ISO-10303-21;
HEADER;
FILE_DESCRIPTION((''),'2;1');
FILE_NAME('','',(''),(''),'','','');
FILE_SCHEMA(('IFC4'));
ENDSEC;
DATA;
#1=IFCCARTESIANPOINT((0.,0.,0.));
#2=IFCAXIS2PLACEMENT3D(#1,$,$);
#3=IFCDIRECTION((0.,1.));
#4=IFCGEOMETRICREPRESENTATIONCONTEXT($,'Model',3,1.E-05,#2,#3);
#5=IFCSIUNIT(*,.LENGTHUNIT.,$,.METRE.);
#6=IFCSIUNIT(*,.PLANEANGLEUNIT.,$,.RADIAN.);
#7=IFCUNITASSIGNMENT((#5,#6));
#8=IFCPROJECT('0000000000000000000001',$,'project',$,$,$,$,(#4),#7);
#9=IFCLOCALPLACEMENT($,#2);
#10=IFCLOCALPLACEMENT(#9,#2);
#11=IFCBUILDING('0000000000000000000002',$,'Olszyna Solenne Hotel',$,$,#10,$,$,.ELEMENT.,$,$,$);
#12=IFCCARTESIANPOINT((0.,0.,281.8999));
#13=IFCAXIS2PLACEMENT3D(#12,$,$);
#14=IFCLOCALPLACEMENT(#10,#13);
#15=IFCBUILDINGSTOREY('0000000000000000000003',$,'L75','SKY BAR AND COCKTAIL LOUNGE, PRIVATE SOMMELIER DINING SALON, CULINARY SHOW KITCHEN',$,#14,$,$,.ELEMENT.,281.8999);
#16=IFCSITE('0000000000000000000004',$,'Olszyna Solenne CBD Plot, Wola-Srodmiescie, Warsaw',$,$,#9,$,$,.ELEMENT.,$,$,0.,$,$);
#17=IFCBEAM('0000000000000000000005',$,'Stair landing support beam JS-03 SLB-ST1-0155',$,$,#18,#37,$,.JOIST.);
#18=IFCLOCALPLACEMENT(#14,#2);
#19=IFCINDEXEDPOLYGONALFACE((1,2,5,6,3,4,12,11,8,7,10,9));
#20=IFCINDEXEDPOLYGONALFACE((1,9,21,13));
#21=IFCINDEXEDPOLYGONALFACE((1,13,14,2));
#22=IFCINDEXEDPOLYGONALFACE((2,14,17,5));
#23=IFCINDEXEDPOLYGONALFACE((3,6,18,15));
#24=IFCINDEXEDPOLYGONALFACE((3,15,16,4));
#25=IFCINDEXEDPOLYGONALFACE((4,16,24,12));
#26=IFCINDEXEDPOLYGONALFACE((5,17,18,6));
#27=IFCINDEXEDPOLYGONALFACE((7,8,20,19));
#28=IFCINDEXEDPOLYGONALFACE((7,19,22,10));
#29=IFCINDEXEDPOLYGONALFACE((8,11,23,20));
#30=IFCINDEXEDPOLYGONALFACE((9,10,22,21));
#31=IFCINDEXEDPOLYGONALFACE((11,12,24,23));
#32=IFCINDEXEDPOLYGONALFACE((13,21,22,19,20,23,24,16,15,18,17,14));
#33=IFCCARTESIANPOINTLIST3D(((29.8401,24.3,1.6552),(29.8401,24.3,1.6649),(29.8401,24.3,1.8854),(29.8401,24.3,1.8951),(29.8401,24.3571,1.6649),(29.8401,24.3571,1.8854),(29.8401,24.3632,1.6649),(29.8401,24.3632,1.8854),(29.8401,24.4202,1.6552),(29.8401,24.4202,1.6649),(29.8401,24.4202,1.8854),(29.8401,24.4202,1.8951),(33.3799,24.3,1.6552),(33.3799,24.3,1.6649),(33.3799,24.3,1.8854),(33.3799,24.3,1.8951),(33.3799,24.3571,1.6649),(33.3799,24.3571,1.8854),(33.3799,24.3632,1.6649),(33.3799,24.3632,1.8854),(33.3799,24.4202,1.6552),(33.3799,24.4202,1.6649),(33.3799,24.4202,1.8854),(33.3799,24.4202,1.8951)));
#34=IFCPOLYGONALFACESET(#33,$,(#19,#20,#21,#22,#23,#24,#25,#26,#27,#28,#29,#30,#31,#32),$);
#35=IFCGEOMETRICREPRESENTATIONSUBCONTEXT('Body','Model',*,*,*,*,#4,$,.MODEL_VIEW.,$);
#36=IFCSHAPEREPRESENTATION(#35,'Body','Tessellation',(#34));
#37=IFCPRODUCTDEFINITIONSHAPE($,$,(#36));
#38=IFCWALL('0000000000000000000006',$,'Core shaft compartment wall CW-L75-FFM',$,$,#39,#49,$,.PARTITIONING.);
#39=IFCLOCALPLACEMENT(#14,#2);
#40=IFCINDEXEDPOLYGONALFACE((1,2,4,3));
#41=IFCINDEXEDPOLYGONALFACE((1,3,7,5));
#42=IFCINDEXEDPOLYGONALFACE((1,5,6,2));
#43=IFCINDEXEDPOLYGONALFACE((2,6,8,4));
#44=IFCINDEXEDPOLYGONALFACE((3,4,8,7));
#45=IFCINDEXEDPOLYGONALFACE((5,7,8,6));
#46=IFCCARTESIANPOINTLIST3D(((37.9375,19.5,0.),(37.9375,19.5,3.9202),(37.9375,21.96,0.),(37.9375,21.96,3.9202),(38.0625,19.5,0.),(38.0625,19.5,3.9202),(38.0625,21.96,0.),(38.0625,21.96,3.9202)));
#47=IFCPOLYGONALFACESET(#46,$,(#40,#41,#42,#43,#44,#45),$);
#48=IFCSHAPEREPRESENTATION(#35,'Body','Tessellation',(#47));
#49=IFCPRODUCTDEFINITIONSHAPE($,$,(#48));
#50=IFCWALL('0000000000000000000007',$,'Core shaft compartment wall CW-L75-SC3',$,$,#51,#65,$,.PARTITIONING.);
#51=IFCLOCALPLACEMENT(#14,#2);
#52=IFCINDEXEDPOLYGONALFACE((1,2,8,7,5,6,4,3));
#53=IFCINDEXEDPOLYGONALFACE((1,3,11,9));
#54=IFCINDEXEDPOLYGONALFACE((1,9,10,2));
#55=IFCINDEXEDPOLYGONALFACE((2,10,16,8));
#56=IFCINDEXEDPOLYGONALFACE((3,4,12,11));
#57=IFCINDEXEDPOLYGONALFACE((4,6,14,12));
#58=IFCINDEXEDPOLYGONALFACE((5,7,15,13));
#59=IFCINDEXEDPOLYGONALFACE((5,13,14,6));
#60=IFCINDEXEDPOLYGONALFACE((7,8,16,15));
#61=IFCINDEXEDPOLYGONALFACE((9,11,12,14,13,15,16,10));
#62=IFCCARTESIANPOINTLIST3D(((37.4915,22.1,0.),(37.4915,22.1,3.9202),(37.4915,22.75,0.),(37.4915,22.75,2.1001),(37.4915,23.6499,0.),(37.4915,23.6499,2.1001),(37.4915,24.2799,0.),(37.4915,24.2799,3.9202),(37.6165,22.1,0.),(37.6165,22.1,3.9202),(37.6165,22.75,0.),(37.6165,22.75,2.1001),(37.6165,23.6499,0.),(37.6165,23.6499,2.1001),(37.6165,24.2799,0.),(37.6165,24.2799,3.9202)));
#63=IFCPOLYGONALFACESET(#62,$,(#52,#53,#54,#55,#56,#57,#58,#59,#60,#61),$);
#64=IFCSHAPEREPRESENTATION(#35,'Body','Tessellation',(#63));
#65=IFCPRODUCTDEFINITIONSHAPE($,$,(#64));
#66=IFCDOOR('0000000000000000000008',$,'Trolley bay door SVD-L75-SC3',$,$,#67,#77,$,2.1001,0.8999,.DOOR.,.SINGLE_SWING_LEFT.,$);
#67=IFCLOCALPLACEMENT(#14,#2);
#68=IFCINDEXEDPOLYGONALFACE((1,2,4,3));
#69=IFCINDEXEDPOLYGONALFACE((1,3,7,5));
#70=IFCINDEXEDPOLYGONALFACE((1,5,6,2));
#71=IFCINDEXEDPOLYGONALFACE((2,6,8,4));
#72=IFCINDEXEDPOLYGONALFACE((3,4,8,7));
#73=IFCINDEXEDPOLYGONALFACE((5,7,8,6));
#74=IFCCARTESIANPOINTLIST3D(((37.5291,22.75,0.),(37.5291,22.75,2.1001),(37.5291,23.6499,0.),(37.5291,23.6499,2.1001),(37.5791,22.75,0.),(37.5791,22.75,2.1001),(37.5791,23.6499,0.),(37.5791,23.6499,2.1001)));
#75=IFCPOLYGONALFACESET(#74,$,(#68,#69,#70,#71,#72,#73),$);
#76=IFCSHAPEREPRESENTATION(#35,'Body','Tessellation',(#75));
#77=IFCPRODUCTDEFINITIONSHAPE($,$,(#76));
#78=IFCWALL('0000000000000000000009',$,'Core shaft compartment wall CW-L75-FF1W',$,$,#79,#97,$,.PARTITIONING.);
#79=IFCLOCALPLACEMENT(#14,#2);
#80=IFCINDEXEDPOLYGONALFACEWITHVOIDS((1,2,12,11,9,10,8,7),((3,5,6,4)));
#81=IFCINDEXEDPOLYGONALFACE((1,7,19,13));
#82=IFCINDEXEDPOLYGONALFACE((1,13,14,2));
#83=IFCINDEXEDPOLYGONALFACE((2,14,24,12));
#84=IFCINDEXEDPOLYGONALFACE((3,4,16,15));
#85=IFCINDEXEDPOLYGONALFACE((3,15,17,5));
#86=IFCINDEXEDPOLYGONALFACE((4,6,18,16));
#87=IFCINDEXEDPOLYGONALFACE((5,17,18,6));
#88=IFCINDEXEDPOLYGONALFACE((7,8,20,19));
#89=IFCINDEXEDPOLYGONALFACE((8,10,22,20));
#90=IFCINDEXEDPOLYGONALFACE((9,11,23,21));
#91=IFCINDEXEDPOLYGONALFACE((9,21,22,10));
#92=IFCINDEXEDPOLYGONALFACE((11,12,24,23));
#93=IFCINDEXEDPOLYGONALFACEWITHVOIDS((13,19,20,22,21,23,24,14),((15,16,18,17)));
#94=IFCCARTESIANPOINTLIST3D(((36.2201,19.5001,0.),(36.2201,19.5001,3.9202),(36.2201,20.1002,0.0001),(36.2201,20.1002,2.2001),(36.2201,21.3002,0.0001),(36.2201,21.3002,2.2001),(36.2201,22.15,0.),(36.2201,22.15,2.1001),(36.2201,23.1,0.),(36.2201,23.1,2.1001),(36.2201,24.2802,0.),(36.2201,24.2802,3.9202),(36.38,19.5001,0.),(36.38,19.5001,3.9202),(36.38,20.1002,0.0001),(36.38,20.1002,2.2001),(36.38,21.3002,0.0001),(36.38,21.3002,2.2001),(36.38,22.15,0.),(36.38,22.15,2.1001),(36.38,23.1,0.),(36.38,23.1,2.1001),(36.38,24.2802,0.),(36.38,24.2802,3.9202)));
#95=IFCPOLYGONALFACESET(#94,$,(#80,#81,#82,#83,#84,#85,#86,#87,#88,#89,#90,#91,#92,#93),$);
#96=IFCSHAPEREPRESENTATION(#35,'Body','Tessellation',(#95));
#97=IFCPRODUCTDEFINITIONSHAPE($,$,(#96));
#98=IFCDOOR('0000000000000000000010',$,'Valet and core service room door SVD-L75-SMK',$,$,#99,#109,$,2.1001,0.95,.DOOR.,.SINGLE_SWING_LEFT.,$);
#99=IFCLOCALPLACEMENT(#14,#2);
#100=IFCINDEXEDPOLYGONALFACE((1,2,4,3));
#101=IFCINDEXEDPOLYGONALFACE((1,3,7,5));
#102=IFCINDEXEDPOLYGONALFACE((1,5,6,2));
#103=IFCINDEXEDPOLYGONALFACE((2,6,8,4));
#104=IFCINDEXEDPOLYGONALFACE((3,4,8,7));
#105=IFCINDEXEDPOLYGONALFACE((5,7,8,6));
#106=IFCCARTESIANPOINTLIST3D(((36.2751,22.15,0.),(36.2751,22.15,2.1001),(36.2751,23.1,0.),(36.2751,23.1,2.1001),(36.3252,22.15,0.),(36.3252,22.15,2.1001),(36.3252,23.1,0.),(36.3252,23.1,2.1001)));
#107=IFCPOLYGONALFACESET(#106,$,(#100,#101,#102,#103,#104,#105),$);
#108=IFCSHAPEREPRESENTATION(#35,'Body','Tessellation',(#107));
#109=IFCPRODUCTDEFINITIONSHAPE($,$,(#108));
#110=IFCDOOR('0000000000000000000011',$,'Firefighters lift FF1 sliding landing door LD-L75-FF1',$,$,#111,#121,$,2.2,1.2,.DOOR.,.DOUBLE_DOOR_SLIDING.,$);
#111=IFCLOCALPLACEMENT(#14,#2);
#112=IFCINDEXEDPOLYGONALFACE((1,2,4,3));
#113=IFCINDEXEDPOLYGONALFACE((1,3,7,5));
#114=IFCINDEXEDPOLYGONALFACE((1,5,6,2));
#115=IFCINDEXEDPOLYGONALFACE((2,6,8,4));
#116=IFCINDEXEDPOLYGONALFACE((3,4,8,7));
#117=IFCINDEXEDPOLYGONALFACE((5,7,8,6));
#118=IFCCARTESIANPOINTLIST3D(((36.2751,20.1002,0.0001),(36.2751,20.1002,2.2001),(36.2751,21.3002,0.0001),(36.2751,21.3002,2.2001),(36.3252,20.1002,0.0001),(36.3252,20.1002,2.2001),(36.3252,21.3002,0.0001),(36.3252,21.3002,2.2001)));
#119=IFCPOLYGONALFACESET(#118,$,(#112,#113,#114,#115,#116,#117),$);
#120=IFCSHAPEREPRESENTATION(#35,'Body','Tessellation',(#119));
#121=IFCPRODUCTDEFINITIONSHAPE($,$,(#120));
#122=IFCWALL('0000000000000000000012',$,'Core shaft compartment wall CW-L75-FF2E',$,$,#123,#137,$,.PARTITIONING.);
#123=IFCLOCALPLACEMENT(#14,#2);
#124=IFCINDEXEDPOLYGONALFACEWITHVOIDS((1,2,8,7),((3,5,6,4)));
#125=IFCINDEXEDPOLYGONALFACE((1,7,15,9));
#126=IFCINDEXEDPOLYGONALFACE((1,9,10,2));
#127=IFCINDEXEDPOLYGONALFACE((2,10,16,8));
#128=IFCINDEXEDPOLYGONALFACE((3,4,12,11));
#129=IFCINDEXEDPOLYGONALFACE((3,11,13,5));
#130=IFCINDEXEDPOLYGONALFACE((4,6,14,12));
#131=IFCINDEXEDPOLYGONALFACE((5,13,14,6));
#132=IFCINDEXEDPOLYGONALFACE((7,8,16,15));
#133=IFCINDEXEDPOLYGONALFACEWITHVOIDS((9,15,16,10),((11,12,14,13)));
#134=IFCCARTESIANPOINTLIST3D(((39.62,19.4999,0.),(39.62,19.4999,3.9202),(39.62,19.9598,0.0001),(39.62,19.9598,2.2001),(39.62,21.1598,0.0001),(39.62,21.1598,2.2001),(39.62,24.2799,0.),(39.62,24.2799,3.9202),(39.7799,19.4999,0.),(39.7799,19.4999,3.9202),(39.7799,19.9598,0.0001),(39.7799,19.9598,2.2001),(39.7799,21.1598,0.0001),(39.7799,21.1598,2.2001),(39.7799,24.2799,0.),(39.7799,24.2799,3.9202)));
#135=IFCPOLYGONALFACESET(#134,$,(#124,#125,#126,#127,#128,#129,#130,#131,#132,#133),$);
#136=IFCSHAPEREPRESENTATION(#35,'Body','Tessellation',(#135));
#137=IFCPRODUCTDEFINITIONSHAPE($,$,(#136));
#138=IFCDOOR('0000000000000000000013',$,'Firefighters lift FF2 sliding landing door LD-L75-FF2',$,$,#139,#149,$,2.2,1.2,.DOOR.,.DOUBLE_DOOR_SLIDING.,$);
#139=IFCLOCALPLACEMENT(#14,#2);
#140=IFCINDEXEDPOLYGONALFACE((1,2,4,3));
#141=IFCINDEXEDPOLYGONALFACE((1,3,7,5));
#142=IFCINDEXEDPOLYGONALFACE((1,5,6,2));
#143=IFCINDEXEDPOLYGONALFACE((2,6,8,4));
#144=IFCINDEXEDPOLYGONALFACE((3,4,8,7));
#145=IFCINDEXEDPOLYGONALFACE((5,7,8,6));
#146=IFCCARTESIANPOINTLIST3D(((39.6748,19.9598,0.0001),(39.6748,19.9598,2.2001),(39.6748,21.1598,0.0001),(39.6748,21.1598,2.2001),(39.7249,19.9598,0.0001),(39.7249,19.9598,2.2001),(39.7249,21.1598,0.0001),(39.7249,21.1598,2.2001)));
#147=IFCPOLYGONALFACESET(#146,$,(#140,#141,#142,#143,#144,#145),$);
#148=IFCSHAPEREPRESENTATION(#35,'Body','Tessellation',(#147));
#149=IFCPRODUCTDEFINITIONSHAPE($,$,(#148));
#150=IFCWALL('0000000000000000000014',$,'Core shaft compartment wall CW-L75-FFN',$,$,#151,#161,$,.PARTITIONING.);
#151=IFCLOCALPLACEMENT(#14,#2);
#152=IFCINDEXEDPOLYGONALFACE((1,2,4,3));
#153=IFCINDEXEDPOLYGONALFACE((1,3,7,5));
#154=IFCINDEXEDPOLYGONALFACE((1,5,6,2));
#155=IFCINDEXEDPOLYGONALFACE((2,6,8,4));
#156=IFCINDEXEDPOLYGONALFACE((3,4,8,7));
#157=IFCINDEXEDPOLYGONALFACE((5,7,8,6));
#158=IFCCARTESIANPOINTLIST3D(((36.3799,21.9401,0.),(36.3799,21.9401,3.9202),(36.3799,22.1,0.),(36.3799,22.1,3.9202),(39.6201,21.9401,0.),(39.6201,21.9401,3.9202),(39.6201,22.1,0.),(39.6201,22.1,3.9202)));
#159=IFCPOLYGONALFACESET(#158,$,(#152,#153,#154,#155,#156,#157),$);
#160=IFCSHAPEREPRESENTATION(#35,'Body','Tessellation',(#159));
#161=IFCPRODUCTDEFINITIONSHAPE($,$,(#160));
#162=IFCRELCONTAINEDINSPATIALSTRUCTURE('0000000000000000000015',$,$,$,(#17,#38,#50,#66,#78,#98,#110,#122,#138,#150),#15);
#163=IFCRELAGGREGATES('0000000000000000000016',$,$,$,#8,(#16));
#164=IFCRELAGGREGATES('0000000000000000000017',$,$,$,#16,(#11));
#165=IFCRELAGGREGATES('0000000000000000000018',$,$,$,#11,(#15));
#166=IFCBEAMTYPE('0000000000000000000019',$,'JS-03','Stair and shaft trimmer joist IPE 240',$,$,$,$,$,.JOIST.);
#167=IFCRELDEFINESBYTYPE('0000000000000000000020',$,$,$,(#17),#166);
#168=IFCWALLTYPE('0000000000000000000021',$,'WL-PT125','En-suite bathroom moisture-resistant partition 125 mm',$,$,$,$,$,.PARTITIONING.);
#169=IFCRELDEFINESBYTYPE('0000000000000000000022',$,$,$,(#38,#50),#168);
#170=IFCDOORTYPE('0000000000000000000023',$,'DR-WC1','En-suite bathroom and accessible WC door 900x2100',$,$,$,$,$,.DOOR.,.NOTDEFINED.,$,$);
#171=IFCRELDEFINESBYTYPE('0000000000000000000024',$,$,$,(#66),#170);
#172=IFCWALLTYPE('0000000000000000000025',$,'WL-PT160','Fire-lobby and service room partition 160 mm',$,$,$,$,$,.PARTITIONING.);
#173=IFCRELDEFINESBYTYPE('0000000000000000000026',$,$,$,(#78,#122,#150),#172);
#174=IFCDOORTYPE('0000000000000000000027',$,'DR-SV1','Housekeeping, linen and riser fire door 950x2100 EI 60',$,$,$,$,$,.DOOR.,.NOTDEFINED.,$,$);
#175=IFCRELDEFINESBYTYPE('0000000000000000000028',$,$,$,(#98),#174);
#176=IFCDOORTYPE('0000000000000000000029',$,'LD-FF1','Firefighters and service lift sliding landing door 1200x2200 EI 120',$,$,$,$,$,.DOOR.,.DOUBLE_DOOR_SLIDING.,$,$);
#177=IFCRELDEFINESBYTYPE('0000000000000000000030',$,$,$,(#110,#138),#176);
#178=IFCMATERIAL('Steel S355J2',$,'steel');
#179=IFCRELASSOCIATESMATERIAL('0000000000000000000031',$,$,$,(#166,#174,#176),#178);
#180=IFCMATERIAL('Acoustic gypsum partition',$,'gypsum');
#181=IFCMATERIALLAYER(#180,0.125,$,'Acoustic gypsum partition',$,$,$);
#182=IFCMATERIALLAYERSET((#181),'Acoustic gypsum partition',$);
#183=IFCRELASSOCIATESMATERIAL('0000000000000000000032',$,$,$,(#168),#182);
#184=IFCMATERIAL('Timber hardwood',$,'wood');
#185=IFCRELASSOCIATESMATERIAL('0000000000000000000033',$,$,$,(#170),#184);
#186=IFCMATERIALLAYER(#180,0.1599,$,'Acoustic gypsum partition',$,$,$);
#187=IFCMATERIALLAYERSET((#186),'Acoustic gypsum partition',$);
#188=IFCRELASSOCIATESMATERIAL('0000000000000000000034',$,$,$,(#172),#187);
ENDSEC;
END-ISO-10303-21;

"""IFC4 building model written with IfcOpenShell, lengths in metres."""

from ifc_helpers import new_model, si_unit, direction, frame, frame_2d, origin, origin_2d, place, context, subcontext, project, spatial, rectangle, i_section, extrude, source, transform, mapped, material, layer, layer_set, material_profile, profile_set, type_object, type_shapes, element, fill, save


model = new_model("IFC4")

# Units and contexts
model_context = context("Model", 3, precision=1e-05, world=origin(), true_north=direction((0.0, 1.0)))
body_context = subcontext(model_context, "Body", "Model", "MODEL_VIEW")
ifc_project = project(units=[si_unit("LENGTHUNIT", "METRE"), si_unit("PLANEANGLEUNIT", "RADIAN")], contexts=[model_context])

# Site, building, storey
site_placement = place(None, origin())
site = spatial("IfcSite", under=ifc_project, at=site_placement, Name="Olszyna Solenne CBD Plot, Wola-Srodmiescie, Warsaw", CompositionType="ELEMENT", RefElevation=0.0)
building_placement = place(site_placement, origin())
building = spatial("IfcBuilding", under=site, at=building_placement, Name="Olszyna Solenne Hotel", CompositionType="ELEMENT")
storey_placement = place(building_placement, frame((0.0, 0.0, 281.8999)))
storey = spatial("IfcBuildingStorey", under=building, at=storey_placement, Name="L75", Description="SKY BAR AND COCKTAIL LOUNGE, PRIVATE SOMMELIER DINING SALON, CULINARY SHOW KITCHEN", CompositionType="ELEMENT", Elevation=281.8999)

# Beam
ifc_material_1 = material(Name="Steel S355J2", Category="steel")
ifc_material_profile = material_profile(ifc_material_1, i_section(OverallWidth=0.1201, OverallDepth=0.24, WebThickness=0.0061, FlangeThickness=0.0098, at=origin_2d()), Name="IPE 240", Category="load-bearing")
ifc_profile_set = profile_set([ifc_material_profile], Name="Steel S355J2")
beam_type = type_object("IfcBeamType", Name="JS-03", Description="Stair and shaft trimmer joist IPE 240", PredefinedType="JOIST", material=ifc_profile_set)
shared_shape_1 = source(origin(), body_context, "Body", "SweptSolid", [
    extrude(i_section(OverallWidth=0.1201, OverallDepth=0.24, WebThickness=0.0061, FlangeThickness=0.0098, at=origin_2d()), origin(), (0.0, 0.0, 1.0), 3.5398),
])
beam_placement = place(storey_placement, frame((33.3799, 24.3601, 1.7751), z_axis=(-1.0, 0.0, 0.0), x_axis=(0.0, -1.0, 0.0)))
element("IfcBeam", 1, at=beam_placement, inside=storey, type_object=beam_type, Name="Stair landing support beam JS-03 SLB-ST1-0155", PredefinedType="JOIST", context=body_context, shape_type="MappedRepresentation", body=[
    mapped(shared_shape_1, transform((0.0, 0.0, 0.0), x_axis=(1.0, 0.0, 0.0), y_axis=(0.0, 1.0, 0.0), z_axis=(0.0, 0.0, 1.0), scale=1.0)),
])

# Wall
ifc_material_2 = material(Name="Acoustic gypsum partition", Category="gypsum")
ifc_layer_1 = layer(ifc_material_2, 0.125, Name="Acoustic gypsum partition")
ifc_layer_set_1 = layer_set([ifc_layer_1], Name="Acoustic gypsum partition")
wall_type_1 = type_object("IfcWallType", Name="WL-PT125", Description="En-suite bathroom moisture-resistant partition 125 mm", PredefinedType="PARTITIONING", material=ifc_layer_set_1)
wall_1_placement = place(storey_placement, frame((38.0, 19.5, 0.0), z_axis=(0.0, 0.0, 1.0), x_axis=(0.0, 1.0, 0.0)))
element("IfcWall", 2, at=wall_1_placement, inside=storey, type_object=wall_type_1, Name="Core shaft compartment wall CW-L75-FFM", PredefinedType="PARTITIONING", context=body_context, shape_type="SweptSolid", body=[
    extrude(rectangle(XDim=2.46, YDim=0.125, at=frame_2d((1.23, 0.0))), origin(), (0.0, 0.0, 1.0), 3.9202),
])

# Wall, opening, door
wall_2_placement = place(storey_placement, frame((37.554, 22.1001, 0.0), z_axis=(0.0, 0.0, 1.0), x_axis=(0.0, 1.0, 0.0)))
wall_2 = element("IfcWall", 3, at=wall_2_placement, inside=storey, type_object=wall_type_1, Name="Core shaft compartment wall CW-L75-SC3", PredefinedType="PARTITIONING", context=body_context, shape_type="SweptSolid", body=[
    extrude(rectangle(XDim=2.1799, YDim=0.125, at=frame_2d((1.0898, 0.0))), origin(), (0.0, 0.0, 1.0), 3.9202),
])
opening_1_placement = place(wall_2_placement, frame((0.6499, 0.0, 0.0)))
opening_1 = element("IfcOpeningElement", 4, at=opening_1_placement, cuts=wall_2, PredefinedType="OPENING", context=body_context, shape_type="SweptSolid", body=[
    extrude(rectangle(XDim=0.8999, YDim=2.1001, at=frame_2d((0.45, 1.05))), frame((0.0, 0.0725, 0.0), z_axis=(0.0, -1.0, 0.0), x_axis=(1.0, 0.0, 0.0)), (0.0, 0.0, 1.0), 0.145),
])
ifc_material_3 = material(Name="Timber hardwood", Category="wood")
door_type_1 = type_object("IfcDoorType", Name="DR-WC1", Description="En-suite bathroom and accessible WC door 900x2100", OperationType="NOTDEFINED", PredefinedType="DOOR", material=ifc_material_3)
shared_shape_2 = source(origin(), body_context, "Body", "SweptSolid", [
    extrude(rectangle(XDim=0.8999, YDim=2.1001, at=frame_2d((0.45, 1.05))), frame((0.0, 0.0249, 0.0), z_axis=(0.0, -1.0, 0.0), x_axis=(1.0, 0.0, 0.0)), (0.0, 0.0, 1.0), 0.05),
])
type_shapes(door_type_1, [shared_shape_2])
door_1_placement = place(opening_1_placement, origin())
door_1 = element("IfcDoor", 5, at=door_1_placement, inside=storey, type_object=door_type_1, Name="Trolley bay door SVD-L75-SC3", OperationType="SINGLE_SWING_LEFT", OverallHeight=2.1001, OverallWidth=0.8999, PredefinedType="DOOR", context=body_context, shape_type="MappedRepresentation", body=[
    mapped(shared_shape_2, transform((0.0, 0.0, 0.0), x_axis=(1.0, 0.0, 0.0), y_axis=(0.0, 1.0, 0.0), z_axis=(0.0, 0.0, 1.0), scale=1.0)),
])
fill(opening_1, door_1)

# Wall, openings, doors
ifc_layer_2 = layer(ifc_material_2, 0.1599, Name="Acoustic gypsum partition")
ifc_layer_set_2 = layer_set([ifc_layer_2], Name="Acoustic gypsum partition")
wall_type_2 = type_object("IfcWallType", Name="WL-PT160", Description="Fire-lobby and service room partition 160 mm", PredefinedType="PARTITIONING", material=ifc_layer_set_2)
wall_3_placement = place(storey_placement, frame((36.3, 19.5, 0.0), z_axis=(0.0, 0.0, 1.0), x_axis=(0.0, 1.0, 0.0)))
wall_3 = element("IfcWall", 6, at=wall_3_placement, inside=storey, type_object=wall_type_2, Name="Core shaft compartment wall CW-L75-FF1W", PredefinedType="PARTITIONING", context=body_context, shape_type="SweptSolid", body=[
    extrude(rectangle(XDim=4.78, YDim=0.1599, at=frame_2d((2.3901, 0.0))), origin(), (0.0, 0.0, 1.0), 3.9202),
])
opening_2_placement = place(wall_3_placement, frame((0.6001, 0.0, 0.0)))
opening_2 = element("IfcOpeningElement", 7, at=opening_2_placement, cuts=wall_3, PredefinedType="OPENING", context=body_context, shape_type="SweptSolid", body=[
    extrude(rectangle(XDim=1.2, YDim=2.2, at=frame_2d((0.6001, 1.1001))), frame((0.0, 0.0898, 0.0), z_axis=(0.0, -1.0, 0.0), x_axis=(1.0, 0.0, 0.0)), (0.0, 0.0, 1.0), 0.1799),
])
opening_3_placement = place(wall_3_placement, frame((2.6499, 0.0, 0.0)))
opening_3 = element("IfcOpeningElement", 8, at=opening_3_placement, cuts=wall_3, PredefinedType="OPENING", context=body_context, shape_type="SweptSolid", body=[
    extrude(rectangle(XDim=0.95, YDim=2.1001, at=frame_2d((0.4751, 1.05))), frame((0.0, 0.0898, 0.0), z_axis=(0.0, -1.0, 0.0), x_axis=(1.0, 0.0, 0.0)), (0.0, 0.0, 1.0), 0.1799),
])
door_type_2 = type_object("IfcDoorType", Name="DR-SV1", Description="Housekeeping, linen and riser fire door 950x2100 EI 60", OperationType="NOTDEFINED", PredefinedType="DOOR", material=ifc_material_1)
shared_shape_3 = source(origin(), body_context, "Body", "SweptSolid", [
    extrude(rectangle(XDim=0.95, YDim=2.1001, at=frame_2d((0.4751, 1.05))), frame((0.0, 0.0249, 0.0), z_axis=(0.0, -1.0, 0.0), x_axis=(1.0, 0.0, 0.0)), (0.0, 0.0, 1.0), 0.05),
])
type_shapes(door_type_2, [shared_shape_3])
door_2_placement = place(opening_3_placement, origin())
door_2 = element("IfcDoor", 9, at=door_2_placement, inside=storey, type_object=door_type_2, Name="Valet and core service room door SVD-L75-SMK", OperationType="SINGLE_SWING_LEFT", OverallHeight=2.1001, OverallWidth=0.95, PredefinedType="DOOR", context=body_context, shape_type="MappedRepresentation", body=[
    mapped(shared_shape_3, transform((0.0, 0.0, 0.0), x_axis=(1.0, 0.0, 0.0), y_axis=(0.0, 1.0, 0.0), z_axis=(0.0, 0.0, 1.0), scale=1.0)),
])
fill(opening_3, door_2)
door_type_3 = type_object("IfcDoorType", Name="LD-FF1", Description="Firefighters and service lift sliding landing door 1200x2200 EI 120", OperationType="DOUBLE_DOOR_SLIDING", PredefinedType="DOOR", material=ifc_material_1)
shared_shape_4 = source(origin(), body_context, "Body", "SweptSolid", [
    extrude(rectangle(XDim=1.2, YDim=2.2, at=frame_2d((0.6001, 1.1001))), frame((0.0, 0.0249, 0.0), z_axis=(0.0, -1.0, 0.0), x_axis=(1.0, 0.0, 0.0)), (0.0, 0.0, 1.0), 0.05),
])
type_shapes(door_type_3, [shared_shape_4])
door_3_placement = place(opening_2_placement, origin())
door_3 = element("IfcDoor", 10, at=door_3_placement, inside=storey, type_object=door_type_3, Name="Firefighters lift FF1 sliding landing door LD-L75-FF1", OperationType="DOUBLE_DOOR_SLIDING", OverallHeight=2.2, OverallWidth=1.2, PredefinedType="DOOR", context=body_context, shape_type="MappedRepresentation", body=[
    mapped(shared_shape_4, transform((0.0, 0.0, 0.0), x_axis=(1.0, 0.0, 0.0), y_axis=(0.0, 1.0, 0.0), z_axis=(0.0, 0.0, 1.0), scale=1.0)),
])
fill(opening_2, door_3)

# Wall, opening, door
wall_4_placement = place(storey_placement, frame((39.7, 24.28, 0.0), z_axis=(0.0, 0.0, 1.0), x_axis=(0.0, -1.0, 0.0)))
wall_4 = element("IfcWall", 11, at=wall_4_placement, inside=storey, type_object=wall_type_2, Name="Core shaft compartment wall CW-L75-FF2E", PredefinedType="PARTITIONING", context=body_context, shape_type="SweptSolid", body=[
    extrude(rectangle(XDim=4.78, YDim=0.1599, at=frame_2d((2.3901, 0.0))), origin(), (0.0, 0.0, 1.0), 3.9202),
])
opening_4_placement = place(wall_4_placement, frame((3.1201, 0.0, 0.0)))
opening_4 = element("IfcOpeningElement", 12, at=opening_4_placement, cuts=wall_4, PredefinedType="OPENING", context=body_context, shape_type="SweptSolid", body=[
    extrude(rectangle(XDim=1.2, YDim=2.2, at=frame_2d((0.6001, 1.1001))), frame((0.0, 0.0898, 0.0), z_axis=(0.0, -1.0, 0.0), x_axis=(1.0, 0.0, 0.0)), (0.0, 0.0, 1.0), 0.1799),
])
door_4_placement = place(opening_4_placement, origin())
door_4 = element("IfcDoor", 13, at=door_4_placement, inside=storey, type_object=door_type_3, Name="Firefighters lift FF2 sliding landing door LD-L75-FF2", OperationType="DOUBLE_DOOR_SLIDING", OverallHeight=2.2, OverallWidth=1.2, PredefinedType="DOOR", context=body_context, shape_type="MappedRepresentation", body=[
    mapped(shared_shape_4, transform((0.0, 0.0, 0.0), x_axis=(1.0, 0.0, 0.0), y_axis=(0.0, 1.0, 0.0), z_axis=(0.0, 0.0, 1.0), scale=1.0)),
])
fill(opening_4, door_4)

# Wall
wall_5_placement = place(storey_placement, frame((36.3799, 22.02, 0.0), z_axis=(0.0, 0.0, 1.0), x_axis=(1.0, 0.0, 0.0)))
element("IfcWall", 14, at=wall_5_placement, inside=storey, type_object=wall_type_2, Name="Core shaft compartment wall CW-L75-FFN", PredefinedType="PARTITIONING", context=body_context, shape_type="SweptSolid", body=[
    extrude(rectangle(XDim=3.2402, YDim=0.1599, at=frame_2d((1.6201, 0.0))), origin(), (0.0, 0.0, 1.0), 3.9202),
])

save(model, "model.ifc")
